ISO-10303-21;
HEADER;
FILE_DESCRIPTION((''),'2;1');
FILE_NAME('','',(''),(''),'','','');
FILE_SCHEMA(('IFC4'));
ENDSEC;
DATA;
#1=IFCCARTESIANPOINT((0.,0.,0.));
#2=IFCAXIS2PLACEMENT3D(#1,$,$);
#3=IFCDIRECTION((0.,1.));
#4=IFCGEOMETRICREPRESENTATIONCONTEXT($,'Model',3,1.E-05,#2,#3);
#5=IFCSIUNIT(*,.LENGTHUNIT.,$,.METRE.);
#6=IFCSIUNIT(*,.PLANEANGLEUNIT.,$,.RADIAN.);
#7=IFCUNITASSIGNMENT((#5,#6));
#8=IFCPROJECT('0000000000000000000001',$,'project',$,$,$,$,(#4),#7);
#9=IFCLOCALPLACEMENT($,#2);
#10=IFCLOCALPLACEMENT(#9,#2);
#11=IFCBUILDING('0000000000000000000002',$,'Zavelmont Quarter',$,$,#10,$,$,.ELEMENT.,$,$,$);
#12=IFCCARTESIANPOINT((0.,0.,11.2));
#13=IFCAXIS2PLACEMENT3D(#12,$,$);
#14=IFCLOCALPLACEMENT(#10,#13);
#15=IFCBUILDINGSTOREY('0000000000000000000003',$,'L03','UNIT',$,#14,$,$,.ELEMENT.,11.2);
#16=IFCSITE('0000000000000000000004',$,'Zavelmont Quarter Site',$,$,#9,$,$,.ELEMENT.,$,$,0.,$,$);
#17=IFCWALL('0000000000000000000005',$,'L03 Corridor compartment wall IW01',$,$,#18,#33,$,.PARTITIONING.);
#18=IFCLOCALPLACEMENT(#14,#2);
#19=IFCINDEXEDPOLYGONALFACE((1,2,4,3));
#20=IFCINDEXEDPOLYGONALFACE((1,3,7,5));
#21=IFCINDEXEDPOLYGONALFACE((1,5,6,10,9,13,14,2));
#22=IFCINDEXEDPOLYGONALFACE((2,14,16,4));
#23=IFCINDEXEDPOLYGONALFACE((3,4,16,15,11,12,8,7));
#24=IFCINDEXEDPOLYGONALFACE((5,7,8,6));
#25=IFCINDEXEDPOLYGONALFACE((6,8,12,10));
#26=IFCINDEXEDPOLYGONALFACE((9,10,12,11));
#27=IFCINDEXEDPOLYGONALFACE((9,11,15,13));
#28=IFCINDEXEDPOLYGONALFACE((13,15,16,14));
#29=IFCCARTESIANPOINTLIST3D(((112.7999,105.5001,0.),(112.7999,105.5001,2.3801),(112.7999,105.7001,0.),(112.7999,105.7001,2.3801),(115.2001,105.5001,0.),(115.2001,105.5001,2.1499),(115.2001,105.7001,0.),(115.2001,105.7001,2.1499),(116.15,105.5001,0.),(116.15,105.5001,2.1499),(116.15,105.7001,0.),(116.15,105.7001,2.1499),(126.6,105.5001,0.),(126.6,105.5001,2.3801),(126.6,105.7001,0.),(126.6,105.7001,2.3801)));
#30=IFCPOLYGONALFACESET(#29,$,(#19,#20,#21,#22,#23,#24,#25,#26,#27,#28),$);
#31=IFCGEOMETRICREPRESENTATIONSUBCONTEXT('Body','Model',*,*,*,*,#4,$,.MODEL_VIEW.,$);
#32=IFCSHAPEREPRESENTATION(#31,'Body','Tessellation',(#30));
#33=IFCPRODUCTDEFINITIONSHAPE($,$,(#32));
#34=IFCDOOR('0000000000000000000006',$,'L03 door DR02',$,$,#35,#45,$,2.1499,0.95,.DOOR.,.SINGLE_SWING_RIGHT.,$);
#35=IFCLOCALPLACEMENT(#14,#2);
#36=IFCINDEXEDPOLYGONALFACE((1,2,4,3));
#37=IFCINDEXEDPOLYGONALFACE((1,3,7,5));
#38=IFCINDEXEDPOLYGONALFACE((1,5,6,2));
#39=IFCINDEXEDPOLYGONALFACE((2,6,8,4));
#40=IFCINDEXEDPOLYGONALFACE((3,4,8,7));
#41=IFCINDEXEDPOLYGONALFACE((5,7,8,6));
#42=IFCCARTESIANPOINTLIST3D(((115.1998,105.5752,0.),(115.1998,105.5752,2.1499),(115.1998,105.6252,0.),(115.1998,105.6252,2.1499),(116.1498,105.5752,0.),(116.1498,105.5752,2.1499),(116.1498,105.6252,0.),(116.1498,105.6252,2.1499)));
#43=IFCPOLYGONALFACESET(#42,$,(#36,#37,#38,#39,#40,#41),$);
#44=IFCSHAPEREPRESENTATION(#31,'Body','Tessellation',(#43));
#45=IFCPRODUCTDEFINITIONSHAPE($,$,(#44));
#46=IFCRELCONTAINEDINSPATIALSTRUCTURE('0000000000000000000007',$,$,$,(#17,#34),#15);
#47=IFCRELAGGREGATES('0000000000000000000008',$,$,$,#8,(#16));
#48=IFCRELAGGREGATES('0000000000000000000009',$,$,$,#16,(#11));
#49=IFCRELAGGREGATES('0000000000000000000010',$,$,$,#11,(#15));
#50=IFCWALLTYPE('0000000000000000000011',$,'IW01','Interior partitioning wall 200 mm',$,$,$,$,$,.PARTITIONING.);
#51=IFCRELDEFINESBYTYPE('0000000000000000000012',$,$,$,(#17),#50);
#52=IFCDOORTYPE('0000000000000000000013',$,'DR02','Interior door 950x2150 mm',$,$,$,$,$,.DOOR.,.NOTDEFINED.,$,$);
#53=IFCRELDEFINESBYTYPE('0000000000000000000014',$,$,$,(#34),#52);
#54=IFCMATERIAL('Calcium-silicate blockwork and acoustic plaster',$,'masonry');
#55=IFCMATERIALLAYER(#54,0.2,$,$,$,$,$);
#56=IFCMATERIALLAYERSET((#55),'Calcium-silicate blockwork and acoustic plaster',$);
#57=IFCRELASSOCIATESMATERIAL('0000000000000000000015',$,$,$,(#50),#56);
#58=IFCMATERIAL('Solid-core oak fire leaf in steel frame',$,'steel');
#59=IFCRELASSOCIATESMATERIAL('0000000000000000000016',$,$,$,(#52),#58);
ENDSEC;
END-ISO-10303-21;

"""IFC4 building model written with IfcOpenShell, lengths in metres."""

from ifc_helpers import new_model, si_unit, direction, frame, frame_2d, origin, place, context, subcontext, project, spatial, rectangle, extrude, material, layer, layer_set, type_object, element, fill, save


model = new_model("IFC4")

# Units and contexts
model_context = context("Model", 3, precision=1e-05, world=origin(), true_north=direction((0.0, 1.0)))
body_context = subcontext(model_context, "Body", "Model", "MODEL_VIEW")
ifc_project = project(units=[si_unit("LENGTHUNIT", "METRE"), si_unit("PLANEANGLEUNIT", "RADIAN")], contexts=[model_context])

# Site, building, storey
site_placement = place(None, origin())
site = spatial("IfcSite", under=ifc_project, at=site_placement, Name="Zavelmont Quarter Site", CompositionType="ELEMENT", RefElevation=0.0)
building_placement = place(site_placement, origin())
building = spatial("IfcBuilding", under=site, at=building_placement, Name="Zavelmont Quarter", CompositionType="ELEMENT")
storey_placement = place(building_placement, frame((0.0, 0.0, 11.2)))
storey = spatial("IfcBuildingStorey", under=building, at=storey_placement, Name="L03", Description="UNIT", CompositionType="ELEMENT", Elevation=11.2)

# Wall, opening, door
ifc_material_1 = material(Name="Calcium-silicate blockwork and acoustic plaster", Category="masonry")
ifc_layer = layer(ifc_material_1, 0.2)
ifc_layer_set = layer_set([ifc_layer], Name="Calcium-silicate blockwork and acoustic plaster")
wall_type = type_object("IfcWallType", Name="IW01", Description="Interior partitioning wall 200 mm", PredefinedType="PARTITIONING", material=ifc_layer_set)
ifc_material_2 = material(Name="Solid-core oak fire leaf in steel frame", Category="steel")
door_type = type_object("IfcDoorType", Name="DR02", Description="Interior door 950x2150 mm", OperationType="NOTDEFINED", PredefinedType="DOOR", material=ifc_material_2)
wall_1_placement = place(storey_placement, frame((112.8, 105.6001, 0.0), z_axis=(0.0, 0.0, 1.0), x_axis=(1.0, 0.0, 0.0)))
wall_1 = element("IfcWall", 1, at=wall_1_placement, inside=storey, type_object=wall_type, Name="L03 Corridor compartment wall IW01", PredefinedType="PARTITIONING", context=body_context, shape_type="SweptSolid", body=[
    extrude(rectangle(XDim=13.8, YDim=0.2, at=frame_2d((6.8999, 0.0))), origin(), (0.0, 0.0, 1.0), 2.3801),
])
opening_1_placement = place(wall_1_placement, frame((2.3999, 0.0, 0.0)))
opening_1 = element("IfcOpeningElement", 2, at=opening_1_placement, cuts=wall_1, PredefinedType="OPENING", context=body_context, shape_type="SweptSolid", body=[
    extrude(rectangle(XDim=0.95, YDim=2.1499, at=frame_2d((0.4751, 1.075))), frame((0.0, 0.1118, 0.0), z_axis=(0.0, -1.0, 0.0), x_axis=(1.0, 0.0, 0.0)), (0.0, 0.0, 1.0), 0.2239),
])
door_1_placement = place(opening_1_placement, frame((0.95, 0.0, 0.0), z_axis=(0.0, 0.0, 1.0), x_axis=(-1.0, 0.0, 0.0)))
door_1 = element("IfcDoor", 3, at=door_1_placement, inside=storey, type_object=door_type, Name="L03 door DR02", OperationType="SINGLE_SWING_RIGHT", OverallHeight=2.1499, OverallWidth=0.95, PredefinedType="DOOR", context=body_context, shape_type="SweptSolid", body=[
    extrude(rectangle(XDim=0.95, YDim=2.1499, at=frame_2d((0.4751, 1.075))), frame((0.0, 0.0249, 0.0), z_axis=(0.0, -1.0, 0.0), x_axis=(1.0, 0.0, 0.0)), (0.0, 0.0, 1.0), 0.05),
])
fill(opening_1, door_1)

save(model, "model.ifc")
